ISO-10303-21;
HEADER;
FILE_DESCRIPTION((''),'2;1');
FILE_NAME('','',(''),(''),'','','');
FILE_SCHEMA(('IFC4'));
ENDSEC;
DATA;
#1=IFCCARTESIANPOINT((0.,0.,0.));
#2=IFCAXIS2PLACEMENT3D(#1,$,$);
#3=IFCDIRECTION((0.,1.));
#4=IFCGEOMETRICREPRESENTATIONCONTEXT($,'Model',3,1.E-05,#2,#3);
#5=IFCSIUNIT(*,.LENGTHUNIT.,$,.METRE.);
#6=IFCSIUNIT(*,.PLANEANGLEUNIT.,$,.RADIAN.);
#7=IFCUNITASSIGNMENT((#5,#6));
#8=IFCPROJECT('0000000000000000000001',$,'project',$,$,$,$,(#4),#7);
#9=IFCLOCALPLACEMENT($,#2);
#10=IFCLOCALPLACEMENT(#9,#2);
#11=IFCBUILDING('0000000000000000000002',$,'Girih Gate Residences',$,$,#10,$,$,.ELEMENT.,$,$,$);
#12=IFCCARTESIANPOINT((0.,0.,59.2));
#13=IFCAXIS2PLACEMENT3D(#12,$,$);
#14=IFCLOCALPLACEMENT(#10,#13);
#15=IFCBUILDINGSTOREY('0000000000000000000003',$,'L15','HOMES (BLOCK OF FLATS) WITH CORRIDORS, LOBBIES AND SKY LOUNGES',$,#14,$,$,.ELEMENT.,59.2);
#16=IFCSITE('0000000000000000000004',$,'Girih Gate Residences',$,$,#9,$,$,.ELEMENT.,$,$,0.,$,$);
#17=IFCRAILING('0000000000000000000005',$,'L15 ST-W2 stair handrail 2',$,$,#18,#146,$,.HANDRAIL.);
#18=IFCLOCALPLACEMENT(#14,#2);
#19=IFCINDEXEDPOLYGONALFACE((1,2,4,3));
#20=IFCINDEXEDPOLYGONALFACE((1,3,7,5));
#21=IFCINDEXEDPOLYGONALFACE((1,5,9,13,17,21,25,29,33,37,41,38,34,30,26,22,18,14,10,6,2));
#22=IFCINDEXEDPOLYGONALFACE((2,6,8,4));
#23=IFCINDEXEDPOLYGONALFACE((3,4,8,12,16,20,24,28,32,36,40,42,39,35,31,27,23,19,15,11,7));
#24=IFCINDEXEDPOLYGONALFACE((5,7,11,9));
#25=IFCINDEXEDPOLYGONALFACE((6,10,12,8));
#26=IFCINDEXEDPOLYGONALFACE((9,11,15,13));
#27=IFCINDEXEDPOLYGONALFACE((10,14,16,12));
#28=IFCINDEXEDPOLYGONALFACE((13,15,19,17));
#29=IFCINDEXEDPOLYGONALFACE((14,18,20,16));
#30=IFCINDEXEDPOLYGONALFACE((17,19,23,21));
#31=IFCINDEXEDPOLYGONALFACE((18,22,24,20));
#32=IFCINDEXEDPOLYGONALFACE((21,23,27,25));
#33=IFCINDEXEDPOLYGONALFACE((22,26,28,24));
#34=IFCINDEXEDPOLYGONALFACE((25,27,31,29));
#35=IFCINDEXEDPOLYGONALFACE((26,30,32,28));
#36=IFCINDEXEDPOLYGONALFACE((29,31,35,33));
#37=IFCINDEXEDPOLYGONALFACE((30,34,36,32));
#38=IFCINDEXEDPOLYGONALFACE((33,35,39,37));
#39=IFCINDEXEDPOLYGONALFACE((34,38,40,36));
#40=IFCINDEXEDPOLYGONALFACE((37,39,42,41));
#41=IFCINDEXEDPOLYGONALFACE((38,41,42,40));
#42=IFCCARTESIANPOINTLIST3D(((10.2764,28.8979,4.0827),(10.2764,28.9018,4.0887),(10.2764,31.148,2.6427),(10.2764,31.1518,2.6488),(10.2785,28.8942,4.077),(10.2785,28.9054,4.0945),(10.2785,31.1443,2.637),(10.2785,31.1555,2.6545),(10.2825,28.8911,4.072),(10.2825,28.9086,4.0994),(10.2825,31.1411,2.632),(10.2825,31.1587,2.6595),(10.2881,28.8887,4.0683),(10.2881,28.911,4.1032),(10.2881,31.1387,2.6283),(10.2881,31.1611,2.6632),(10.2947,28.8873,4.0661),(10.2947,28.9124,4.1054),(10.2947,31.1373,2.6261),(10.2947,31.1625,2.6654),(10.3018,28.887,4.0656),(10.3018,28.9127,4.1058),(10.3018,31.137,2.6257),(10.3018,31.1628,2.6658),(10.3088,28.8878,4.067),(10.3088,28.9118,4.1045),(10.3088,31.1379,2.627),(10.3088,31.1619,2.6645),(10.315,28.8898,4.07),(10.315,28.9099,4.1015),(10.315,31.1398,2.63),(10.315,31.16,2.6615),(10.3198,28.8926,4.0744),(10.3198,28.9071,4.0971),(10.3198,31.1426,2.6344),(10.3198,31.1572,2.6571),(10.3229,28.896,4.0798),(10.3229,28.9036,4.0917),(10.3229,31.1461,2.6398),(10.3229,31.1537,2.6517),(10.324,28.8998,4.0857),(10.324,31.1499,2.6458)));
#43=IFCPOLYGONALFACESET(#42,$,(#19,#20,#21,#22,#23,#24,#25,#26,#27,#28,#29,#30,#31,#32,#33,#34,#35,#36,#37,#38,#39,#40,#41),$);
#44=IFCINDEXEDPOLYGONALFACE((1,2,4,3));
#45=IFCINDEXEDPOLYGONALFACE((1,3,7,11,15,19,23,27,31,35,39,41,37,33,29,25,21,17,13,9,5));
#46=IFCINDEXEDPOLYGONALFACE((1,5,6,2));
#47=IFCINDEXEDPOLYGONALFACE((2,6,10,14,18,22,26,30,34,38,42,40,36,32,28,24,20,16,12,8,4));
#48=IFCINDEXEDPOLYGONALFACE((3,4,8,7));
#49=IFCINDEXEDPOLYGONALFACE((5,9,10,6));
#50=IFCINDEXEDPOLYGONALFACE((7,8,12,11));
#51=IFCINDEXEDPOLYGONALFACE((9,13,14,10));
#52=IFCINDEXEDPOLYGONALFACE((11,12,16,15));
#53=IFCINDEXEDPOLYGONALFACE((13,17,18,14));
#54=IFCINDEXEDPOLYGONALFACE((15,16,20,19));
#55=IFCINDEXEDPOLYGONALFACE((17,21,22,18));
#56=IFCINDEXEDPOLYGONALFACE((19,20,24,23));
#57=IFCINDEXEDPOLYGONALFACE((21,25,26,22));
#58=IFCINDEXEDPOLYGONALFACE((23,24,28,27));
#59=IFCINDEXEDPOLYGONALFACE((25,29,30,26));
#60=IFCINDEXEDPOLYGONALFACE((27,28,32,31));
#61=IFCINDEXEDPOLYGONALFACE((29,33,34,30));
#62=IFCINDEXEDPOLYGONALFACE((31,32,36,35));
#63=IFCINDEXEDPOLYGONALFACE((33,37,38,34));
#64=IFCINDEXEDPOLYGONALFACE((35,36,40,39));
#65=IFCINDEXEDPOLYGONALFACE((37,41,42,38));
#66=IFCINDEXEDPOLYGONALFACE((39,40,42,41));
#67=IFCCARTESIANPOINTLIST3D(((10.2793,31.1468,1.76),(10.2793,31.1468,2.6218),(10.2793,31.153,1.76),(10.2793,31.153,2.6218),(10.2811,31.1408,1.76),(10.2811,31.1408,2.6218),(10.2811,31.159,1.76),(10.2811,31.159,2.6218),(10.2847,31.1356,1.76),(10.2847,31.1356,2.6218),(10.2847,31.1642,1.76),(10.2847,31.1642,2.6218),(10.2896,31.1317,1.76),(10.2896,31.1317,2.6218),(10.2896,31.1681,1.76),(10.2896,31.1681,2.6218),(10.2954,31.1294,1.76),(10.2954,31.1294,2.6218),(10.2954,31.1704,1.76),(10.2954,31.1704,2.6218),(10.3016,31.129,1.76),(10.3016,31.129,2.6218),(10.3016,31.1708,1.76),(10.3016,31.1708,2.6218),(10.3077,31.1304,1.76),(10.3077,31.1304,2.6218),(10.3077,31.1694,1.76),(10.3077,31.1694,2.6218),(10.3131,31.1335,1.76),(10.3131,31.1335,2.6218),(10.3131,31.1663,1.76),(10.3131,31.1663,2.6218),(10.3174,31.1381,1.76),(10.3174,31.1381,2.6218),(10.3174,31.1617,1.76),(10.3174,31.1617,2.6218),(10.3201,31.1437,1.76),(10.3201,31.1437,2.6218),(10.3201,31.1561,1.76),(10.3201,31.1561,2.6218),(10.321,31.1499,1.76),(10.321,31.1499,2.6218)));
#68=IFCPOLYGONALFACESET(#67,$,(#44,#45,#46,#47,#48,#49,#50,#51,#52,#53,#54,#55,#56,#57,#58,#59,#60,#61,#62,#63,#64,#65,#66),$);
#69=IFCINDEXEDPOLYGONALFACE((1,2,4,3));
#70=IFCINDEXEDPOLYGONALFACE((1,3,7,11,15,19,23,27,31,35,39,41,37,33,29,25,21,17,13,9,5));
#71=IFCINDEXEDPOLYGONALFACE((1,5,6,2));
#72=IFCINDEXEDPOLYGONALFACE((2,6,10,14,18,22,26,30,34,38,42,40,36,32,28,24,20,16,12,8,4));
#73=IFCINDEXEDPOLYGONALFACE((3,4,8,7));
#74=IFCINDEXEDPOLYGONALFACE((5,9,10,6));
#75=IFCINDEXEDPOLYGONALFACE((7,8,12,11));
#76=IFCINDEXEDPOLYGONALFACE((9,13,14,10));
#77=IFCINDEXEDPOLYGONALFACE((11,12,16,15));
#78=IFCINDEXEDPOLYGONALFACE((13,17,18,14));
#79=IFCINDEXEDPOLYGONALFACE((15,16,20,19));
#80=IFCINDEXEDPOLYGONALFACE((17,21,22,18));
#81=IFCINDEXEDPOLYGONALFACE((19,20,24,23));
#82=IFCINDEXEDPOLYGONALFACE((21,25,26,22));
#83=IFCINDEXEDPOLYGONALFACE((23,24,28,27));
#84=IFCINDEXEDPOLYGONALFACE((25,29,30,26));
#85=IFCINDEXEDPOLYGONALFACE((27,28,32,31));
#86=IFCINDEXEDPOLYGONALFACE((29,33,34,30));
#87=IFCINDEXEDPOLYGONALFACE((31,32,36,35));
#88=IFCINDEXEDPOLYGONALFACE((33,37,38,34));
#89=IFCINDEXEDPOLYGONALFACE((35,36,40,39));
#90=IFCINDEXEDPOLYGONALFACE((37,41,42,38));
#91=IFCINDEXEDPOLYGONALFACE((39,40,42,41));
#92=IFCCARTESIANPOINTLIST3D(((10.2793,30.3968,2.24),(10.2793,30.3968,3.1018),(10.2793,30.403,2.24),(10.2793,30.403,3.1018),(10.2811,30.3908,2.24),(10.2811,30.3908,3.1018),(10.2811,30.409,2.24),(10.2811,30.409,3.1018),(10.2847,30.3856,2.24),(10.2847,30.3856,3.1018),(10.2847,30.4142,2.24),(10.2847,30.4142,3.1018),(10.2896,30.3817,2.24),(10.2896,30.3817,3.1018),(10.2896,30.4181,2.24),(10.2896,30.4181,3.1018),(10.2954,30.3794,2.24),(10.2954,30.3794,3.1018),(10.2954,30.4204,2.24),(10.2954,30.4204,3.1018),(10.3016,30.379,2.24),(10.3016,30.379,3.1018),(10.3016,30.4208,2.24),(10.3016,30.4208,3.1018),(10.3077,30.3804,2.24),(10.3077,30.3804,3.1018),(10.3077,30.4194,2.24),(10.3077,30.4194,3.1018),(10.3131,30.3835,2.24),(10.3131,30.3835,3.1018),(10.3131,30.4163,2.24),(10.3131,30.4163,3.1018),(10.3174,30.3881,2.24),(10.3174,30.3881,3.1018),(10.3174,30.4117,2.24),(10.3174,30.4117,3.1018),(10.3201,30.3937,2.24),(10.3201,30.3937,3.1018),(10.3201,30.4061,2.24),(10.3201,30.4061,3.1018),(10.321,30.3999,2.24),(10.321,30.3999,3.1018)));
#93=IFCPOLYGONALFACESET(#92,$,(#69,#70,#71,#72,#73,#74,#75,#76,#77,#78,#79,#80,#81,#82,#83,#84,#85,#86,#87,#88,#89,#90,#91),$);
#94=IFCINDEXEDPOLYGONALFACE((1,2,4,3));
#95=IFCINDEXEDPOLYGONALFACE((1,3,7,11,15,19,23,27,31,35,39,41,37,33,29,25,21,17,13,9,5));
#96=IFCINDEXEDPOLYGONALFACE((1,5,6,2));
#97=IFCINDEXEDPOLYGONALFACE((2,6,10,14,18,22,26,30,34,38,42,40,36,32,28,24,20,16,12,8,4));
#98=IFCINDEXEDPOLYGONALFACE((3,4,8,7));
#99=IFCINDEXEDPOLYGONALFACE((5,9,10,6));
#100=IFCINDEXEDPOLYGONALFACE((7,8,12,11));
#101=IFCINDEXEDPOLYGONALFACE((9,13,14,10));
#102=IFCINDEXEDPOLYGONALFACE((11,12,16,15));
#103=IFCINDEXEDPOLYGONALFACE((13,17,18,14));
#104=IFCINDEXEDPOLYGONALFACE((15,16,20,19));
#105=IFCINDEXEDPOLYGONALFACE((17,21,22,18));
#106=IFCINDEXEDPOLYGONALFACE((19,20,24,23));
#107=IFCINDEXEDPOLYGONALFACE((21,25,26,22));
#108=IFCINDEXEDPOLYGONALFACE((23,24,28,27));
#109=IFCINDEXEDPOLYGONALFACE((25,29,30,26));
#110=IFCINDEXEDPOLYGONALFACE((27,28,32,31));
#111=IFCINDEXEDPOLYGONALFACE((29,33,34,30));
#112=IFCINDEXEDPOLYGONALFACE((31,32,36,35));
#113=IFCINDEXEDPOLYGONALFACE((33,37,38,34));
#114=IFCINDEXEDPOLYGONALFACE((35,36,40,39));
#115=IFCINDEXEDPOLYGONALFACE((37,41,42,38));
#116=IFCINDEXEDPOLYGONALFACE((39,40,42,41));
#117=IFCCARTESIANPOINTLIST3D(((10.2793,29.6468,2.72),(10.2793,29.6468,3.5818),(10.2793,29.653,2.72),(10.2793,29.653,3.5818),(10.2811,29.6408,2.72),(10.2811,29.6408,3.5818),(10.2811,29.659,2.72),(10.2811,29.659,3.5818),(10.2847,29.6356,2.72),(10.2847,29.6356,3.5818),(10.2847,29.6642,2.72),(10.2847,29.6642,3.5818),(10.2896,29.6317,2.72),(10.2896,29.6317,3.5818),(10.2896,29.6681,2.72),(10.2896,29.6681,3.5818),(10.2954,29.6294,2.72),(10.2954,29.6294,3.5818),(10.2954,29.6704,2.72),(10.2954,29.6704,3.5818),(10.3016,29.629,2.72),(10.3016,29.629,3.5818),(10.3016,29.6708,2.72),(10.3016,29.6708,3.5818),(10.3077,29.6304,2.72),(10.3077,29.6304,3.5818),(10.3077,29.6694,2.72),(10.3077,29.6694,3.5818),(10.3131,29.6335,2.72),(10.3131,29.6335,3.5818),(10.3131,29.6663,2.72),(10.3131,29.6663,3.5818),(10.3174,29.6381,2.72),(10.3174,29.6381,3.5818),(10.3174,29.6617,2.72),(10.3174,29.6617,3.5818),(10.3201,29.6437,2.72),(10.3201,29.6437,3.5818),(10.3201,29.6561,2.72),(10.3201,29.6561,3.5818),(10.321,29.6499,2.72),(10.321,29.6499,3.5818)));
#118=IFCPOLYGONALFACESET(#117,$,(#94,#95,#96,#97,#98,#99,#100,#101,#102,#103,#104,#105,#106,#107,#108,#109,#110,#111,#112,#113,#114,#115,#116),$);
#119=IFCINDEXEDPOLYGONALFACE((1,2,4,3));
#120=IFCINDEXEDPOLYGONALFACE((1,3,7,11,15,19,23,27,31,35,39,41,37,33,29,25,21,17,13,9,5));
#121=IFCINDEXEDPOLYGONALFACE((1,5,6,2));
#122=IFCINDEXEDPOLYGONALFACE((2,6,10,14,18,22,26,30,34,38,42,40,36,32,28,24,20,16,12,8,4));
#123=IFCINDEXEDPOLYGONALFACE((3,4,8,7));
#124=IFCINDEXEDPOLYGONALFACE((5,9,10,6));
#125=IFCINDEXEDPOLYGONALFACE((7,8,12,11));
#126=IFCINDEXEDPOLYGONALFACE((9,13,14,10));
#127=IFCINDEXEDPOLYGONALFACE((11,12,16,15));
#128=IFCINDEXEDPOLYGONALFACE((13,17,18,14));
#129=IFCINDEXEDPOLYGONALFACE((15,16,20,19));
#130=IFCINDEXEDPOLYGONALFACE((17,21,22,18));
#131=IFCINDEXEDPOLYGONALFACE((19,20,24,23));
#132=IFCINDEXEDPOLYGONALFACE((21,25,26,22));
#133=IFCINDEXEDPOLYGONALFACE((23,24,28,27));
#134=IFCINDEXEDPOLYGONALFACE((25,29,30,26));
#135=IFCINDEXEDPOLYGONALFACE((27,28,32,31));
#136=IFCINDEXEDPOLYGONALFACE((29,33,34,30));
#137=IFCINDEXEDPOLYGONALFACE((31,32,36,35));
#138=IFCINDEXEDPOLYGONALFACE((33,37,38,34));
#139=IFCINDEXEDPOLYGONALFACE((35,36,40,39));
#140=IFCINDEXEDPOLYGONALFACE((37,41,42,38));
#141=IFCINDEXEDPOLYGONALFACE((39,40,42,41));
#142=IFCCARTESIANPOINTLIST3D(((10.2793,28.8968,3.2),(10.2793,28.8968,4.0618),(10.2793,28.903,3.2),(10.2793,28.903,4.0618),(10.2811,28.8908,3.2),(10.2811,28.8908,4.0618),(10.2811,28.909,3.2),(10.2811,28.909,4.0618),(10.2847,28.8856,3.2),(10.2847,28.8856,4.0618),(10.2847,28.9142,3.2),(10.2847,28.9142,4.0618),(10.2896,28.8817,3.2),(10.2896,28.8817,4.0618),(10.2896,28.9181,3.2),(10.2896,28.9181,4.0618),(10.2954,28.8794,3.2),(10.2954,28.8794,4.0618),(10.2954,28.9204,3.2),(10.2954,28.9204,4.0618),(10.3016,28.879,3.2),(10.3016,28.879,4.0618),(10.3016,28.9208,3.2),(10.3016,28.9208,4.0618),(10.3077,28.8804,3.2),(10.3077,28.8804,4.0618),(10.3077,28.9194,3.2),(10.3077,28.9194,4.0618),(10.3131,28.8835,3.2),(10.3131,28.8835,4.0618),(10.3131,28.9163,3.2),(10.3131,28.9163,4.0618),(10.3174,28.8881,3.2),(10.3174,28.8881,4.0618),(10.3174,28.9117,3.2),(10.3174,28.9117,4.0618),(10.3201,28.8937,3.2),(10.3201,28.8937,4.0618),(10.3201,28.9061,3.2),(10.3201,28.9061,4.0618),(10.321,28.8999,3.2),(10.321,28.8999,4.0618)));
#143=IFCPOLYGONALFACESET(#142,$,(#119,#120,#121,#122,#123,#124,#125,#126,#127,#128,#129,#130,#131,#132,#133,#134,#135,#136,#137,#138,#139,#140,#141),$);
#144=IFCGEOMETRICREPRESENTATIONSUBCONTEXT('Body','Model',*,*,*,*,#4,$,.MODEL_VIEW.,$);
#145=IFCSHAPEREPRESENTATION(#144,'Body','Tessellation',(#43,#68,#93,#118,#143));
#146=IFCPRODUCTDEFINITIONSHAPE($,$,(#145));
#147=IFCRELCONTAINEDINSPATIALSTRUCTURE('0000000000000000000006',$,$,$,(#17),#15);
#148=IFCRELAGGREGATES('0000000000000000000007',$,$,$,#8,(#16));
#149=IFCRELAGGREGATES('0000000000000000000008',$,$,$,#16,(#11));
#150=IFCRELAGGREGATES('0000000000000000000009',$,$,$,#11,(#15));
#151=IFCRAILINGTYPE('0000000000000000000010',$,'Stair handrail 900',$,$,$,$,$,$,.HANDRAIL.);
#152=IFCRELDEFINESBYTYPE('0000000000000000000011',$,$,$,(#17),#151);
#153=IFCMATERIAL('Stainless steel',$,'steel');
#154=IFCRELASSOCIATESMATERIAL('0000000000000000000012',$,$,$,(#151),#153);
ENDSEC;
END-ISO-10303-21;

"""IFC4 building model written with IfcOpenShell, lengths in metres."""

from ifc_helpers import new_model, si_unit, direction, frame, origin, origin_2d, place, context, subcontext, project, spatial, circle, extrude, material, type_object, element, save


model = new_model("IFC4")

# Units and contexts
model_context = context("Model", 3, precision=1e-05, world=origin(), true_north=direction((0.0, 1.0)))
body_context = subcontext(model_context, "Body", "Model", "MODEL_VIEW")
ifc_project = project(units=[si_unit("LENGTHUNIT", "METRE"), si_unit("PLANEANGLEUNIT", "RADIAN")], contexts=[model_context])

# Site, building, storey
site_placement = place(None, origin())
site = spatial("IfcSite", under=ifc_project, at=site_placement, Name="Girih Gate Residences", CompositionType="ELEMENT", RefElevation=0.0)
building_placement = place(site_placement, origin())
building = spatial("IfcBuilding", under=site, at=building_placement, Name="Girih Gate Residences", CompositionType="ELEMENT")
storey_placement = place(building_placement, frame((0.0, 0.0, 59.2)))
storey = spatial("IfcBuildingStorey", under=building, at=storey_placement, Name="L15", Description="HOMES (BLOCK OF FLATS) WITH CORRIDORS, LOBBIES AND SKY LOUNGES", CompositionType="ELEMENT", Elevation=59.2)

# Railing
ifc_material_1 = material(Name="Stainless steel", Category="steel")
railing_type_1 = type_object("IfcRailingType", Name="Stair handrail 900", PredefinedType="HANDRAIL", material=ifc_material_1)
railing_1_placement = place(storey_placement, frame((10.3, 31.1499, 1.76)))
element("IfcRailing", 1, at=railing_1_placement, inside=storey, type_object=railing_type_1, Name="L15 ST-W2 stair handrail 2", PredefinedType="HANDRAIL", context=body_context, shape_type="SweptSolid", body=[
    extrude(circle(Radius=0.0239, at=origin_2d()), frame((0.0, 0.0, 0.8857), z_axis=(0.0, -0.842281, 0.539038), x_axis=(1.0, 0.0, 0.0)), (0.0, 0.0, 1.0), 2.6714),
    extrude(circle(Radius=0.021, at=origin_2d()), origin(), (0.0, 0.0, 1.0), 0.8618),
    extrude(circle(Radius=0.021, at=origin_2d()), frame((0.0, -0.75, 0.48)), (0.0, 0.0, 1.0), 0.8618),
    extrude(circle(Radius=0.021, at=origin_2d()), frame((0.0, -1.5, 0.96)), (0.0, 0.0, 1.0), 0.8618),
    extrude(circle(Radius=0.021, at=origin_2d()), frame((0.0, -2.25, 1.4399)), (0.0, 0.0, 1.0), 0.8618),
])

save(model, "model.ifc")
